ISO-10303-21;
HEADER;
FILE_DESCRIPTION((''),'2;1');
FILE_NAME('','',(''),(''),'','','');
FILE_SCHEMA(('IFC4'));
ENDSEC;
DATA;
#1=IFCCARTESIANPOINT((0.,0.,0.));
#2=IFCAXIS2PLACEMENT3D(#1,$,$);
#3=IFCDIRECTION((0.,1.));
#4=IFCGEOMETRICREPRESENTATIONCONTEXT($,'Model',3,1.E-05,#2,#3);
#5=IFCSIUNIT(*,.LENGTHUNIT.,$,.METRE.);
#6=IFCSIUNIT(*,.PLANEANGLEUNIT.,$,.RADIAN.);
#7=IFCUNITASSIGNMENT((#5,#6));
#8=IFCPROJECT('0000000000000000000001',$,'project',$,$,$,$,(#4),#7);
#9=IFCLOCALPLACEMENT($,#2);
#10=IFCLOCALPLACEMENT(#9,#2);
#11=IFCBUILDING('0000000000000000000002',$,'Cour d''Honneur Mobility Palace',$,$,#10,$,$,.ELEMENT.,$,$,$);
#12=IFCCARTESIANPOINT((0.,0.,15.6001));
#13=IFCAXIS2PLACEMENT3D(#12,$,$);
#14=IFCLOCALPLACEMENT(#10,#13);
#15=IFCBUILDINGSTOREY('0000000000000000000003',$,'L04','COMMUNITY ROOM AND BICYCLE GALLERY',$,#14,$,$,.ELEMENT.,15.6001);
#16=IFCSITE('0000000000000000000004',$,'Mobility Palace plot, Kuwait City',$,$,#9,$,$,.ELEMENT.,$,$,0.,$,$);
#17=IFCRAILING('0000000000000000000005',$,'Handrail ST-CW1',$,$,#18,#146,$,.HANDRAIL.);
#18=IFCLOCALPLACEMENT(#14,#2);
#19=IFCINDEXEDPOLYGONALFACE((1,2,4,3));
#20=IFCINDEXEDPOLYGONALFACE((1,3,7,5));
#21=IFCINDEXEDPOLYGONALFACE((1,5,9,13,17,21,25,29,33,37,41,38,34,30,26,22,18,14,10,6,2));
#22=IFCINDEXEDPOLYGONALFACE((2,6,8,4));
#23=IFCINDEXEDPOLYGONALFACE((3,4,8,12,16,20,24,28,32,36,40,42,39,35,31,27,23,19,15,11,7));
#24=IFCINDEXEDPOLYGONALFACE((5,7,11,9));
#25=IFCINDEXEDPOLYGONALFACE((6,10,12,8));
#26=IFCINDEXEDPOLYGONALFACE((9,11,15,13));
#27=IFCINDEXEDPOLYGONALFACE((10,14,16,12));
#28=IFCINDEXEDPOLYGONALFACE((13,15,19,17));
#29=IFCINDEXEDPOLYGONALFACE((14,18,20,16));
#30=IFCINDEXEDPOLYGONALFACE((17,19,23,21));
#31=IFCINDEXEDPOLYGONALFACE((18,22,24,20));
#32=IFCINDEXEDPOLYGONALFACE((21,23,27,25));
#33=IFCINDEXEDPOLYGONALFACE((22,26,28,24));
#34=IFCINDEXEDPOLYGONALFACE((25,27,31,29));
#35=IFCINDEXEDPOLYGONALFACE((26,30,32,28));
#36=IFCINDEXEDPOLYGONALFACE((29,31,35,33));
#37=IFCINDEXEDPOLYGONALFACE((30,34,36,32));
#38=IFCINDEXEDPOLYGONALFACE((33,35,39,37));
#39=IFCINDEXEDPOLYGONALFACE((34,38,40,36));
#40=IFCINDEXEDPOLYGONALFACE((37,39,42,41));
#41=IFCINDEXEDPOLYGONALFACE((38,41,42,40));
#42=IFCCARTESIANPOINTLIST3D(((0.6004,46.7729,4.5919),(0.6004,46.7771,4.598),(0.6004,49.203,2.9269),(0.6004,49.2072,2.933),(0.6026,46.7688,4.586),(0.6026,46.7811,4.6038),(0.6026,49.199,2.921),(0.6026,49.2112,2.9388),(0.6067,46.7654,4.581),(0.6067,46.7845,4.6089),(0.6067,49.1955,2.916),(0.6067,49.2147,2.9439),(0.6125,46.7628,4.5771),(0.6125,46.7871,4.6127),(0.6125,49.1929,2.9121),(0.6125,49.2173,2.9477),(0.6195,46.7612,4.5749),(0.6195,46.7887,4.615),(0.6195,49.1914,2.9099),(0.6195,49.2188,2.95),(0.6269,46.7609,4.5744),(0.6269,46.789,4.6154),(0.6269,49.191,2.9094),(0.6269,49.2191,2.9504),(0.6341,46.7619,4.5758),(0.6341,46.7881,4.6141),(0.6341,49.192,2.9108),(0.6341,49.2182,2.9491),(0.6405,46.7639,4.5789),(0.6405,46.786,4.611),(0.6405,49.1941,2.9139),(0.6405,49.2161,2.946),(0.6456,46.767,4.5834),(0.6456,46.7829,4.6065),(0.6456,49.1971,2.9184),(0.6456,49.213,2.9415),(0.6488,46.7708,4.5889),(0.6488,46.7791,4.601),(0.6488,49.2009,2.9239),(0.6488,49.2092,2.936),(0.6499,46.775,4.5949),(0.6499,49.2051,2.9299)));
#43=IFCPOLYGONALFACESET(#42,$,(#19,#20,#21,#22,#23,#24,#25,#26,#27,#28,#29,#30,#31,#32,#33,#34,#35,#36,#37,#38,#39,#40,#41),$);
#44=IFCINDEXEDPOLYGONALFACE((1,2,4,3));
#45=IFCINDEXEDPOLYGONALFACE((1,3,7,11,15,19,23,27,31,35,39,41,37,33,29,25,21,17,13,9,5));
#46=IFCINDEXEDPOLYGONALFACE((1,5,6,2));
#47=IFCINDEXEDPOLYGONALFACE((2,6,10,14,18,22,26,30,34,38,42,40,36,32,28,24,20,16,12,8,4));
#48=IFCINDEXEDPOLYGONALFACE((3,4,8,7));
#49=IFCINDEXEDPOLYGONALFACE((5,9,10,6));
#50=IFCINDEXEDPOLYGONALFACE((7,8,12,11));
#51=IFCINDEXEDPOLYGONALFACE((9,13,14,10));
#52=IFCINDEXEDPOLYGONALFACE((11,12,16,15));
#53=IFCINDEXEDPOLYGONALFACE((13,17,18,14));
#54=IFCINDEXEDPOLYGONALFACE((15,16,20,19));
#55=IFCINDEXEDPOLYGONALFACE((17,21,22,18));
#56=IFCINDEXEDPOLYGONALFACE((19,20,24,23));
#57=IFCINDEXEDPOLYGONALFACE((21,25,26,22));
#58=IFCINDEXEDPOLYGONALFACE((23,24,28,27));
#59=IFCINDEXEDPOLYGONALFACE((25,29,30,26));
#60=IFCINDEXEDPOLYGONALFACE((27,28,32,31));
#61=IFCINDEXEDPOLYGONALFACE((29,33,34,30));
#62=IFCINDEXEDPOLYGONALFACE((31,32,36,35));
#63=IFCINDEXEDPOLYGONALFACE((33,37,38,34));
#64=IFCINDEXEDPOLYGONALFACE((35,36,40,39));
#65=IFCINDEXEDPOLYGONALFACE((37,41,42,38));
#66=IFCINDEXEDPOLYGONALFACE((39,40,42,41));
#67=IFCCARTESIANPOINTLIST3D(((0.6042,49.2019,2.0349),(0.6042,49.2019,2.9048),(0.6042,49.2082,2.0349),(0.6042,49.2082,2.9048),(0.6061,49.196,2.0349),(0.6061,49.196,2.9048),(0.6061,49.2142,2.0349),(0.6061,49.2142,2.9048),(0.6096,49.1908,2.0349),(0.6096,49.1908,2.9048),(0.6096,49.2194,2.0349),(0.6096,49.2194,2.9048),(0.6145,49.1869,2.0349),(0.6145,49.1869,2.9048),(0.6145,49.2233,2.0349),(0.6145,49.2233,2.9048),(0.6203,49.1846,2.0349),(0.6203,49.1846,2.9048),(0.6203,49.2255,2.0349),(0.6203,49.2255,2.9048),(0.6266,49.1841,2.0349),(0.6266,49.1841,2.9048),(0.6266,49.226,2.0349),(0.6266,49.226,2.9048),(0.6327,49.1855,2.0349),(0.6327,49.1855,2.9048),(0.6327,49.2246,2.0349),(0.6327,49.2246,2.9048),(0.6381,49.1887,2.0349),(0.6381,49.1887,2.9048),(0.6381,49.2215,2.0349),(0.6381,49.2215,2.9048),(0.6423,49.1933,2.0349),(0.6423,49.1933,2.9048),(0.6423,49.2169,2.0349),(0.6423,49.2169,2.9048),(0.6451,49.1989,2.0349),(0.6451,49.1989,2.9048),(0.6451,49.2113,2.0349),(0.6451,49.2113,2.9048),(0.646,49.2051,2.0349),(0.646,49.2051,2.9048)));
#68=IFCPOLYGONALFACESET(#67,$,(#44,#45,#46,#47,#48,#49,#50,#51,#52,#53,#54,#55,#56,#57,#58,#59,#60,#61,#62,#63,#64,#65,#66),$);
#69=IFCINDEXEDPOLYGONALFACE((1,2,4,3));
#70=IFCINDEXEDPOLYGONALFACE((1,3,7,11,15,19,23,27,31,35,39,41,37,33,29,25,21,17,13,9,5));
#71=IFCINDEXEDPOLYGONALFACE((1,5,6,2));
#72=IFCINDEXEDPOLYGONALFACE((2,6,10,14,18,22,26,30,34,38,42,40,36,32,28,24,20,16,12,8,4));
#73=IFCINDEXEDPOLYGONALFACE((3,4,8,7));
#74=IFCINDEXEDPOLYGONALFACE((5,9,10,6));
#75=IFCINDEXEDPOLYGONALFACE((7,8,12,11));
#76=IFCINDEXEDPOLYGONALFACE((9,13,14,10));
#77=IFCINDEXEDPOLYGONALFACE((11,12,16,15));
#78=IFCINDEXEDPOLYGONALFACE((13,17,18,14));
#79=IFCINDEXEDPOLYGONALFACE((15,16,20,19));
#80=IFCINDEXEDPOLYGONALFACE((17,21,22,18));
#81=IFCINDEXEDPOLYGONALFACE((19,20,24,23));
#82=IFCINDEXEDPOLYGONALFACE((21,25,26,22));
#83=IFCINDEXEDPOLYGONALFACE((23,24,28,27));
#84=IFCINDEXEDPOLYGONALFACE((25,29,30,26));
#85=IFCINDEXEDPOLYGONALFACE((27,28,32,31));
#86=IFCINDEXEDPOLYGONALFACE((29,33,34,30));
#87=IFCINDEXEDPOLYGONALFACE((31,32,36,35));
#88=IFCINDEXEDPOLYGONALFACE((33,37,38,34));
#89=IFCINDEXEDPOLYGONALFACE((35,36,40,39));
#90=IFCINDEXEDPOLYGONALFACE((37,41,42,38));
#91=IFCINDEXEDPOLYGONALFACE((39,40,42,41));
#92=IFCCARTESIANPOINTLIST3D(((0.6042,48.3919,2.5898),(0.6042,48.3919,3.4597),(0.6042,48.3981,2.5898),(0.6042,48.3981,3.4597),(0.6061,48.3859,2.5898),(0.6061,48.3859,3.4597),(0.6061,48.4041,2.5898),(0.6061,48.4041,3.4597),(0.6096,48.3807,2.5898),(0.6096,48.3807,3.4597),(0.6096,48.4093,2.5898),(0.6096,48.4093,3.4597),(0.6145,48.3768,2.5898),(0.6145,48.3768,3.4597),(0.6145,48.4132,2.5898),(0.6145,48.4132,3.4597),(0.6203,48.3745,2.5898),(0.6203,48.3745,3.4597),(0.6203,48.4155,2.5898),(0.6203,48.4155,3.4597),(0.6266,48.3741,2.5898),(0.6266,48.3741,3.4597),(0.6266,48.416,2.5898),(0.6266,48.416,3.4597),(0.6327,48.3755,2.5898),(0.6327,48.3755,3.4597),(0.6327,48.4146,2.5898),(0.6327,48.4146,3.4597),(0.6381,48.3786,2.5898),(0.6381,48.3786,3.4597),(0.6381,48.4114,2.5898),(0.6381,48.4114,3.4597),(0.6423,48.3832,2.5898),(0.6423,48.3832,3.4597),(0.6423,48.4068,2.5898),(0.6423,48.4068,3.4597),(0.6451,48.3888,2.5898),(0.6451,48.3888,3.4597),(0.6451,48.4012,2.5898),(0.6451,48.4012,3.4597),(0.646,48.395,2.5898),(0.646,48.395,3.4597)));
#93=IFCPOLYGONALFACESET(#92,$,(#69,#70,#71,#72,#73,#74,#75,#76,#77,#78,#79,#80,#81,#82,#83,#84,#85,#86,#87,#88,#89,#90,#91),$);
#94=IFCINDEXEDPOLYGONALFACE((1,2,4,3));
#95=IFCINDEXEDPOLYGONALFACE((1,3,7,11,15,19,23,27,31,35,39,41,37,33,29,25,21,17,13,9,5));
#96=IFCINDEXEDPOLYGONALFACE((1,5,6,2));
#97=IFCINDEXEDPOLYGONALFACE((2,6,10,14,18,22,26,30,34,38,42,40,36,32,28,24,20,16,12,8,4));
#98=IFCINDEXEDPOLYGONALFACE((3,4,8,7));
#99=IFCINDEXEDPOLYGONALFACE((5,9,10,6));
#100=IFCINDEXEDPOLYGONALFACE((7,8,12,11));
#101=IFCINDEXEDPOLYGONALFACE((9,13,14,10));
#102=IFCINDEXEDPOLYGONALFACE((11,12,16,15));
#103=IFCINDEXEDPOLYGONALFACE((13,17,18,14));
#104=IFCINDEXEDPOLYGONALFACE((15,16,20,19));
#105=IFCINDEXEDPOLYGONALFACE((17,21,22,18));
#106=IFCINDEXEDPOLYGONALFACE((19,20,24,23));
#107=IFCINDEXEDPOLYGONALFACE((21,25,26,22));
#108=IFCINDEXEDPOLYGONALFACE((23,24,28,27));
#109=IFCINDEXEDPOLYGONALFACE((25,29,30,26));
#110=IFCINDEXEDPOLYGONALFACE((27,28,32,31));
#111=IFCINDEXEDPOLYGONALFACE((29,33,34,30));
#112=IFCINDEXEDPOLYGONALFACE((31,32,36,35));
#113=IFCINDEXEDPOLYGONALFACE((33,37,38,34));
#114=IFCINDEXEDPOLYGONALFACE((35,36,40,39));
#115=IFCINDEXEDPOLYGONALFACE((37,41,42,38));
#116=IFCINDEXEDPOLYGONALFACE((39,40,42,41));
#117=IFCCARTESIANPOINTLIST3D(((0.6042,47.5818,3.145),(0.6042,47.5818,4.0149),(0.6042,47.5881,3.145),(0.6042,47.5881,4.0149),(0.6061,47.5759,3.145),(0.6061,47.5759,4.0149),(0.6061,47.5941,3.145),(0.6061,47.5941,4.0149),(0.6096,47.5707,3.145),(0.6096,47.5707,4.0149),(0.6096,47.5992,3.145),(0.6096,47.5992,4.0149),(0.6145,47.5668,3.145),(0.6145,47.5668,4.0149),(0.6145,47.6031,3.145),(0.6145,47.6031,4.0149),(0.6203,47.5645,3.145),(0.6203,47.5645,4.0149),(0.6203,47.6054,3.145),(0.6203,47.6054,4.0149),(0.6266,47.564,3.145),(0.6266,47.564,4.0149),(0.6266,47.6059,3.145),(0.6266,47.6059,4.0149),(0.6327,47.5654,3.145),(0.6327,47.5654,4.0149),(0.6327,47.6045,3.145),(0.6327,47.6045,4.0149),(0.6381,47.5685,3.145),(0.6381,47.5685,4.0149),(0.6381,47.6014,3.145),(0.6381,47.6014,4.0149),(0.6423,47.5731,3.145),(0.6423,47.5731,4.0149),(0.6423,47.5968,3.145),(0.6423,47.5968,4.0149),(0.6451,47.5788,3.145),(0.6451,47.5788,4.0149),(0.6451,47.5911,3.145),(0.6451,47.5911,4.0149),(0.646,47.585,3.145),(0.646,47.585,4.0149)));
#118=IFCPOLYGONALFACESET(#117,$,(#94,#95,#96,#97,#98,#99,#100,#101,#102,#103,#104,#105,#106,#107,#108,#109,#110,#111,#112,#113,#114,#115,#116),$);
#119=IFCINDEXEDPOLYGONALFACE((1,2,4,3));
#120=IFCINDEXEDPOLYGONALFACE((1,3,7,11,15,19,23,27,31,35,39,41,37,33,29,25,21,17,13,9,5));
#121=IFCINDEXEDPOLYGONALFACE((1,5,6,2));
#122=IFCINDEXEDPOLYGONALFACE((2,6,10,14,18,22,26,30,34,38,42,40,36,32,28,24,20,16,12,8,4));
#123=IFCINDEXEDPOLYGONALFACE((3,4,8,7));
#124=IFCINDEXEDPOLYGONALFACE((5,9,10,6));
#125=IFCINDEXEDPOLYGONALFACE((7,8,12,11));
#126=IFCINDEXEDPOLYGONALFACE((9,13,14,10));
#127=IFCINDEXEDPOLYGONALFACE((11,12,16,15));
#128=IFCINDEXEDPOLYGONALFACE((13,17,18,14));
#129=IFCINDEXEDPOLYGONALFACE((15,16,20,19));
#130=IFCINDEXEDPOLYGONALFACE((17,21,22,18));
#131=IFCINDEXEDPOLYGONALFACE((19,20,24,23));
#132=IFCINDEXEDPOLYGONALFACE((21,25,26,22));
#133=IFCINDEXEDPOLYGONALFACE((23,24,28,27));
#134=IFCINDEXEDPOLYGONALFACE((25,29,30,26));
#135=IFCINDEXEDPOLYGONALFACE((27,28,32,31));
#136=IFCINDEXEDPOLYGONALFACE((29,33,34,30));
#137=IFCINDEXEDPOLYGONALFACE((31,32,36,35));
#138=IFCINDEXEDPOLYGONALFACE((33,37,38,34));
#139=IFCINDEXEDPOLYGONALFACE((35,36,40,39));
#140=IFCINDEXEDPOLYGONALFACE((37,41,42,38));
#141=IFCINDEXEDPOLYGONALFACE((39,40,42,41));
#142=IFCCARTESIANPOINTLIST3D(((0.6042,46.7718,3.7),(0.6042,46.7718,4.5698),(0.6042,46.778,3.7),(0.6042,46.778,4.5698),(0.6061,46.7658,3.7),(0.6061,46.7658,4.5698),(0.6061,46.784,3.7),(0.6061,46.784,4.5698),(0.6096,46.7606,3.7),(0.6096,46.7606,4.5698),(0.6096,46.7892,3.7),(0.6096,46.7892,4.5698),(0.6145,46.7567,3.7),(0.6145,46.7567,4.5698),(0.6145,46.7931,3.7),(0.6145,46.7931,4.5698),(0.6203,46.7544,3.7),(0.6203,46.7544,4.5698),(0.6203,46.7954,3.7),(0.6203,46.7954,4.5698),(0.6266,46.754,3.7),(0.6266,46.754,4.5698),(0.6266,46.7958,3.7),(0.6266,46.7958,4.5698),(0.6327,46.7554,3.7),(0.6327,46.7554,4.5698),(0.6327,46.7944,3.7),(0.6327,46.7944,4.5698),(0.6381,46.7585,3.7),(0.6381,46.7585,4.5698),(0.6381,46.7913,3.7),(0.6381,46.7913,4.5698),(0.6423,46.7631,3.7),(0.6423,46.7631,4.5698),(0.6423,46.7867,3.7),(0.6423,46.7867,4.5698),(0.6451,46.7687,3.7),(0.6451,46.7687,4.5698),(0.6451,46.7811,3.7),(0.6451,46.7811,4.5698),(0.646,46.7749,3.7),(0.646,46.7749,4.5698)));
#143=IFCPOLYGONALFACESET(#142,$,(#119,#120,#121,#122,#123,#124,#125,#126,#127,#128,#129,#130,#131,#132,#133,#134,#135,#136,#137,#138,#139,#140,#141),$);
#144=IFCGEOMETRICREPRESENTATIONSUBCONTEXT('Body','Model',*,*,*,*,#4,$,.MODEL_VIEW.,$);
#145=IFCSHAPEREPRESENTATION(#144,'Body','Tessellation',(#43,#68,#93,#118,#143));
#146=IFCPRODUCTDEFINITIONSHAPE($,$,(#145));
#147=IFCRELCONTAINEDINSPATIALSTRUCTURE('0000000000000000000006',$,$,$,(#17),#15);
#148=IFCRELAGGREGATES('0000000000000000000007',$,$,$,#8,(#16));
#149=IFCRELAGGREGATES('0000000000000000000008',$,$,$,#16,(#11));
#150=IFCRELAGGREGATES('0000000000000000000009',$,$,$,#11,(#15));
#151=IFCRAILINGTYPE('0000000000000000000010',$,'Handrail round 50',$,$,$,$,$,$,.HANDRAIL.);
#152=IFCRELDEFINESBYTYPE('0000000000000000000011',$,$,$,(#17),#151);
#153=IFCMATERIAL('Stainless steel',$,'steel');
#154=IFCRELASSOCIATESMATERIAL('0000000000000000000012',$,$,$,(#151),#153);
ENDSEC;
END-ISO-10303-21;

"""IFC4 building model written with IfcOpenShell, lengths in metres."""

from ifc_helpers import new_model, si_unit, direction, frame, origin, origin_2d, place, context, subcontext, project, spatial, circle, extrude, material, type_object, element, save


model = new_model("IFC4")

# Units and contexts
model_context = context("Model", 3, precision=1e-05, world=origin(), true_north=direction((0.0, 1.0)))
body_context = subcontext(model_context, "Body", "Model", "MODEL_VIEW")
ifc_project = project(units=[si_unit("LENGTHUNIT", "METRE"), si_unit("PLANEANGLEUNIT", "RADIAN")], contexts=[model_context])

# Site, building, storey
site_placement = place(None, origin())
site = spatial("IfcSite", under=ifc_project, at=site_placement, Name="Mobility Palace plot, Kuwait City", CompositionType="ELEMENT", RefElevation=0.0)
building_placement = place(site_placement, origin())
building = spatial("IfcBuilding", under=site, at=building_placement, Name="Cour d'Honneur Mobility Palace", CompositionType="ELEMENT")
storey_placement = place(building_placement, frame((0.0, 0.0, 15.6001)))
storey = spatial("IfcBuildingStorey", under=building, at=storey_placement, Name="L04", Description="COMMUNITY ROOM AND BICYCLE GALLERY", CompositionType="ELEMENT", Elevation=15.6001)

# Railing
ifc_material_1 = material(Name="Stainless steel", Category="steel")
railing_type_1 = type_object("IfcRailingType", Name="Handrail round 50", PredefinedType="HANDRAIL", material=ifc_material_1)
railing_1_placement = place(storey_placement, frame((0.625, 49.2051, 2.0349)))
element("IfcRailing", 1, at=railing_1_placement, inside=storey, type_object=railing_type_1, Name="Handrail ST-CW1", PredefinedType="HANDRAIL", context=body_context, shape_type="SweptSolid", body=[
    extrude(circle(Radius=0.0249, at=origin_2d()), frame((0.0, 0.0, 0.895), z_axis=(0.0, -0.824945, 0.565213), x_axis=(1.0, 0.0, 0.0)), (0.0, 0.0, 1.0), 2.9458),
    extrude(circle(Radius=0.021, at=origin_2d()), origin(), (0.0, 0.0, 1.0), 0.8699),
    extrude(circle(Radius=0.021, at=origin_2d()), frame((0.0, -0.8101, 0.5549)), (0.0, 0.0, 1.0), 0.8699),
    extrude(circle(Radius=0.021, at=origin_2d()), frame((0.0, -1.6201, 1.1101)), (0.0, 0.0, 1.0), 0.8699),
    extrude(circle(Radius=0.021, at=origin_2d()), frame((0.0, -2.4302, 1.665)), (0.0, 0.0, 1.0), 0.8699),
])

save(model, "model.ifc")
